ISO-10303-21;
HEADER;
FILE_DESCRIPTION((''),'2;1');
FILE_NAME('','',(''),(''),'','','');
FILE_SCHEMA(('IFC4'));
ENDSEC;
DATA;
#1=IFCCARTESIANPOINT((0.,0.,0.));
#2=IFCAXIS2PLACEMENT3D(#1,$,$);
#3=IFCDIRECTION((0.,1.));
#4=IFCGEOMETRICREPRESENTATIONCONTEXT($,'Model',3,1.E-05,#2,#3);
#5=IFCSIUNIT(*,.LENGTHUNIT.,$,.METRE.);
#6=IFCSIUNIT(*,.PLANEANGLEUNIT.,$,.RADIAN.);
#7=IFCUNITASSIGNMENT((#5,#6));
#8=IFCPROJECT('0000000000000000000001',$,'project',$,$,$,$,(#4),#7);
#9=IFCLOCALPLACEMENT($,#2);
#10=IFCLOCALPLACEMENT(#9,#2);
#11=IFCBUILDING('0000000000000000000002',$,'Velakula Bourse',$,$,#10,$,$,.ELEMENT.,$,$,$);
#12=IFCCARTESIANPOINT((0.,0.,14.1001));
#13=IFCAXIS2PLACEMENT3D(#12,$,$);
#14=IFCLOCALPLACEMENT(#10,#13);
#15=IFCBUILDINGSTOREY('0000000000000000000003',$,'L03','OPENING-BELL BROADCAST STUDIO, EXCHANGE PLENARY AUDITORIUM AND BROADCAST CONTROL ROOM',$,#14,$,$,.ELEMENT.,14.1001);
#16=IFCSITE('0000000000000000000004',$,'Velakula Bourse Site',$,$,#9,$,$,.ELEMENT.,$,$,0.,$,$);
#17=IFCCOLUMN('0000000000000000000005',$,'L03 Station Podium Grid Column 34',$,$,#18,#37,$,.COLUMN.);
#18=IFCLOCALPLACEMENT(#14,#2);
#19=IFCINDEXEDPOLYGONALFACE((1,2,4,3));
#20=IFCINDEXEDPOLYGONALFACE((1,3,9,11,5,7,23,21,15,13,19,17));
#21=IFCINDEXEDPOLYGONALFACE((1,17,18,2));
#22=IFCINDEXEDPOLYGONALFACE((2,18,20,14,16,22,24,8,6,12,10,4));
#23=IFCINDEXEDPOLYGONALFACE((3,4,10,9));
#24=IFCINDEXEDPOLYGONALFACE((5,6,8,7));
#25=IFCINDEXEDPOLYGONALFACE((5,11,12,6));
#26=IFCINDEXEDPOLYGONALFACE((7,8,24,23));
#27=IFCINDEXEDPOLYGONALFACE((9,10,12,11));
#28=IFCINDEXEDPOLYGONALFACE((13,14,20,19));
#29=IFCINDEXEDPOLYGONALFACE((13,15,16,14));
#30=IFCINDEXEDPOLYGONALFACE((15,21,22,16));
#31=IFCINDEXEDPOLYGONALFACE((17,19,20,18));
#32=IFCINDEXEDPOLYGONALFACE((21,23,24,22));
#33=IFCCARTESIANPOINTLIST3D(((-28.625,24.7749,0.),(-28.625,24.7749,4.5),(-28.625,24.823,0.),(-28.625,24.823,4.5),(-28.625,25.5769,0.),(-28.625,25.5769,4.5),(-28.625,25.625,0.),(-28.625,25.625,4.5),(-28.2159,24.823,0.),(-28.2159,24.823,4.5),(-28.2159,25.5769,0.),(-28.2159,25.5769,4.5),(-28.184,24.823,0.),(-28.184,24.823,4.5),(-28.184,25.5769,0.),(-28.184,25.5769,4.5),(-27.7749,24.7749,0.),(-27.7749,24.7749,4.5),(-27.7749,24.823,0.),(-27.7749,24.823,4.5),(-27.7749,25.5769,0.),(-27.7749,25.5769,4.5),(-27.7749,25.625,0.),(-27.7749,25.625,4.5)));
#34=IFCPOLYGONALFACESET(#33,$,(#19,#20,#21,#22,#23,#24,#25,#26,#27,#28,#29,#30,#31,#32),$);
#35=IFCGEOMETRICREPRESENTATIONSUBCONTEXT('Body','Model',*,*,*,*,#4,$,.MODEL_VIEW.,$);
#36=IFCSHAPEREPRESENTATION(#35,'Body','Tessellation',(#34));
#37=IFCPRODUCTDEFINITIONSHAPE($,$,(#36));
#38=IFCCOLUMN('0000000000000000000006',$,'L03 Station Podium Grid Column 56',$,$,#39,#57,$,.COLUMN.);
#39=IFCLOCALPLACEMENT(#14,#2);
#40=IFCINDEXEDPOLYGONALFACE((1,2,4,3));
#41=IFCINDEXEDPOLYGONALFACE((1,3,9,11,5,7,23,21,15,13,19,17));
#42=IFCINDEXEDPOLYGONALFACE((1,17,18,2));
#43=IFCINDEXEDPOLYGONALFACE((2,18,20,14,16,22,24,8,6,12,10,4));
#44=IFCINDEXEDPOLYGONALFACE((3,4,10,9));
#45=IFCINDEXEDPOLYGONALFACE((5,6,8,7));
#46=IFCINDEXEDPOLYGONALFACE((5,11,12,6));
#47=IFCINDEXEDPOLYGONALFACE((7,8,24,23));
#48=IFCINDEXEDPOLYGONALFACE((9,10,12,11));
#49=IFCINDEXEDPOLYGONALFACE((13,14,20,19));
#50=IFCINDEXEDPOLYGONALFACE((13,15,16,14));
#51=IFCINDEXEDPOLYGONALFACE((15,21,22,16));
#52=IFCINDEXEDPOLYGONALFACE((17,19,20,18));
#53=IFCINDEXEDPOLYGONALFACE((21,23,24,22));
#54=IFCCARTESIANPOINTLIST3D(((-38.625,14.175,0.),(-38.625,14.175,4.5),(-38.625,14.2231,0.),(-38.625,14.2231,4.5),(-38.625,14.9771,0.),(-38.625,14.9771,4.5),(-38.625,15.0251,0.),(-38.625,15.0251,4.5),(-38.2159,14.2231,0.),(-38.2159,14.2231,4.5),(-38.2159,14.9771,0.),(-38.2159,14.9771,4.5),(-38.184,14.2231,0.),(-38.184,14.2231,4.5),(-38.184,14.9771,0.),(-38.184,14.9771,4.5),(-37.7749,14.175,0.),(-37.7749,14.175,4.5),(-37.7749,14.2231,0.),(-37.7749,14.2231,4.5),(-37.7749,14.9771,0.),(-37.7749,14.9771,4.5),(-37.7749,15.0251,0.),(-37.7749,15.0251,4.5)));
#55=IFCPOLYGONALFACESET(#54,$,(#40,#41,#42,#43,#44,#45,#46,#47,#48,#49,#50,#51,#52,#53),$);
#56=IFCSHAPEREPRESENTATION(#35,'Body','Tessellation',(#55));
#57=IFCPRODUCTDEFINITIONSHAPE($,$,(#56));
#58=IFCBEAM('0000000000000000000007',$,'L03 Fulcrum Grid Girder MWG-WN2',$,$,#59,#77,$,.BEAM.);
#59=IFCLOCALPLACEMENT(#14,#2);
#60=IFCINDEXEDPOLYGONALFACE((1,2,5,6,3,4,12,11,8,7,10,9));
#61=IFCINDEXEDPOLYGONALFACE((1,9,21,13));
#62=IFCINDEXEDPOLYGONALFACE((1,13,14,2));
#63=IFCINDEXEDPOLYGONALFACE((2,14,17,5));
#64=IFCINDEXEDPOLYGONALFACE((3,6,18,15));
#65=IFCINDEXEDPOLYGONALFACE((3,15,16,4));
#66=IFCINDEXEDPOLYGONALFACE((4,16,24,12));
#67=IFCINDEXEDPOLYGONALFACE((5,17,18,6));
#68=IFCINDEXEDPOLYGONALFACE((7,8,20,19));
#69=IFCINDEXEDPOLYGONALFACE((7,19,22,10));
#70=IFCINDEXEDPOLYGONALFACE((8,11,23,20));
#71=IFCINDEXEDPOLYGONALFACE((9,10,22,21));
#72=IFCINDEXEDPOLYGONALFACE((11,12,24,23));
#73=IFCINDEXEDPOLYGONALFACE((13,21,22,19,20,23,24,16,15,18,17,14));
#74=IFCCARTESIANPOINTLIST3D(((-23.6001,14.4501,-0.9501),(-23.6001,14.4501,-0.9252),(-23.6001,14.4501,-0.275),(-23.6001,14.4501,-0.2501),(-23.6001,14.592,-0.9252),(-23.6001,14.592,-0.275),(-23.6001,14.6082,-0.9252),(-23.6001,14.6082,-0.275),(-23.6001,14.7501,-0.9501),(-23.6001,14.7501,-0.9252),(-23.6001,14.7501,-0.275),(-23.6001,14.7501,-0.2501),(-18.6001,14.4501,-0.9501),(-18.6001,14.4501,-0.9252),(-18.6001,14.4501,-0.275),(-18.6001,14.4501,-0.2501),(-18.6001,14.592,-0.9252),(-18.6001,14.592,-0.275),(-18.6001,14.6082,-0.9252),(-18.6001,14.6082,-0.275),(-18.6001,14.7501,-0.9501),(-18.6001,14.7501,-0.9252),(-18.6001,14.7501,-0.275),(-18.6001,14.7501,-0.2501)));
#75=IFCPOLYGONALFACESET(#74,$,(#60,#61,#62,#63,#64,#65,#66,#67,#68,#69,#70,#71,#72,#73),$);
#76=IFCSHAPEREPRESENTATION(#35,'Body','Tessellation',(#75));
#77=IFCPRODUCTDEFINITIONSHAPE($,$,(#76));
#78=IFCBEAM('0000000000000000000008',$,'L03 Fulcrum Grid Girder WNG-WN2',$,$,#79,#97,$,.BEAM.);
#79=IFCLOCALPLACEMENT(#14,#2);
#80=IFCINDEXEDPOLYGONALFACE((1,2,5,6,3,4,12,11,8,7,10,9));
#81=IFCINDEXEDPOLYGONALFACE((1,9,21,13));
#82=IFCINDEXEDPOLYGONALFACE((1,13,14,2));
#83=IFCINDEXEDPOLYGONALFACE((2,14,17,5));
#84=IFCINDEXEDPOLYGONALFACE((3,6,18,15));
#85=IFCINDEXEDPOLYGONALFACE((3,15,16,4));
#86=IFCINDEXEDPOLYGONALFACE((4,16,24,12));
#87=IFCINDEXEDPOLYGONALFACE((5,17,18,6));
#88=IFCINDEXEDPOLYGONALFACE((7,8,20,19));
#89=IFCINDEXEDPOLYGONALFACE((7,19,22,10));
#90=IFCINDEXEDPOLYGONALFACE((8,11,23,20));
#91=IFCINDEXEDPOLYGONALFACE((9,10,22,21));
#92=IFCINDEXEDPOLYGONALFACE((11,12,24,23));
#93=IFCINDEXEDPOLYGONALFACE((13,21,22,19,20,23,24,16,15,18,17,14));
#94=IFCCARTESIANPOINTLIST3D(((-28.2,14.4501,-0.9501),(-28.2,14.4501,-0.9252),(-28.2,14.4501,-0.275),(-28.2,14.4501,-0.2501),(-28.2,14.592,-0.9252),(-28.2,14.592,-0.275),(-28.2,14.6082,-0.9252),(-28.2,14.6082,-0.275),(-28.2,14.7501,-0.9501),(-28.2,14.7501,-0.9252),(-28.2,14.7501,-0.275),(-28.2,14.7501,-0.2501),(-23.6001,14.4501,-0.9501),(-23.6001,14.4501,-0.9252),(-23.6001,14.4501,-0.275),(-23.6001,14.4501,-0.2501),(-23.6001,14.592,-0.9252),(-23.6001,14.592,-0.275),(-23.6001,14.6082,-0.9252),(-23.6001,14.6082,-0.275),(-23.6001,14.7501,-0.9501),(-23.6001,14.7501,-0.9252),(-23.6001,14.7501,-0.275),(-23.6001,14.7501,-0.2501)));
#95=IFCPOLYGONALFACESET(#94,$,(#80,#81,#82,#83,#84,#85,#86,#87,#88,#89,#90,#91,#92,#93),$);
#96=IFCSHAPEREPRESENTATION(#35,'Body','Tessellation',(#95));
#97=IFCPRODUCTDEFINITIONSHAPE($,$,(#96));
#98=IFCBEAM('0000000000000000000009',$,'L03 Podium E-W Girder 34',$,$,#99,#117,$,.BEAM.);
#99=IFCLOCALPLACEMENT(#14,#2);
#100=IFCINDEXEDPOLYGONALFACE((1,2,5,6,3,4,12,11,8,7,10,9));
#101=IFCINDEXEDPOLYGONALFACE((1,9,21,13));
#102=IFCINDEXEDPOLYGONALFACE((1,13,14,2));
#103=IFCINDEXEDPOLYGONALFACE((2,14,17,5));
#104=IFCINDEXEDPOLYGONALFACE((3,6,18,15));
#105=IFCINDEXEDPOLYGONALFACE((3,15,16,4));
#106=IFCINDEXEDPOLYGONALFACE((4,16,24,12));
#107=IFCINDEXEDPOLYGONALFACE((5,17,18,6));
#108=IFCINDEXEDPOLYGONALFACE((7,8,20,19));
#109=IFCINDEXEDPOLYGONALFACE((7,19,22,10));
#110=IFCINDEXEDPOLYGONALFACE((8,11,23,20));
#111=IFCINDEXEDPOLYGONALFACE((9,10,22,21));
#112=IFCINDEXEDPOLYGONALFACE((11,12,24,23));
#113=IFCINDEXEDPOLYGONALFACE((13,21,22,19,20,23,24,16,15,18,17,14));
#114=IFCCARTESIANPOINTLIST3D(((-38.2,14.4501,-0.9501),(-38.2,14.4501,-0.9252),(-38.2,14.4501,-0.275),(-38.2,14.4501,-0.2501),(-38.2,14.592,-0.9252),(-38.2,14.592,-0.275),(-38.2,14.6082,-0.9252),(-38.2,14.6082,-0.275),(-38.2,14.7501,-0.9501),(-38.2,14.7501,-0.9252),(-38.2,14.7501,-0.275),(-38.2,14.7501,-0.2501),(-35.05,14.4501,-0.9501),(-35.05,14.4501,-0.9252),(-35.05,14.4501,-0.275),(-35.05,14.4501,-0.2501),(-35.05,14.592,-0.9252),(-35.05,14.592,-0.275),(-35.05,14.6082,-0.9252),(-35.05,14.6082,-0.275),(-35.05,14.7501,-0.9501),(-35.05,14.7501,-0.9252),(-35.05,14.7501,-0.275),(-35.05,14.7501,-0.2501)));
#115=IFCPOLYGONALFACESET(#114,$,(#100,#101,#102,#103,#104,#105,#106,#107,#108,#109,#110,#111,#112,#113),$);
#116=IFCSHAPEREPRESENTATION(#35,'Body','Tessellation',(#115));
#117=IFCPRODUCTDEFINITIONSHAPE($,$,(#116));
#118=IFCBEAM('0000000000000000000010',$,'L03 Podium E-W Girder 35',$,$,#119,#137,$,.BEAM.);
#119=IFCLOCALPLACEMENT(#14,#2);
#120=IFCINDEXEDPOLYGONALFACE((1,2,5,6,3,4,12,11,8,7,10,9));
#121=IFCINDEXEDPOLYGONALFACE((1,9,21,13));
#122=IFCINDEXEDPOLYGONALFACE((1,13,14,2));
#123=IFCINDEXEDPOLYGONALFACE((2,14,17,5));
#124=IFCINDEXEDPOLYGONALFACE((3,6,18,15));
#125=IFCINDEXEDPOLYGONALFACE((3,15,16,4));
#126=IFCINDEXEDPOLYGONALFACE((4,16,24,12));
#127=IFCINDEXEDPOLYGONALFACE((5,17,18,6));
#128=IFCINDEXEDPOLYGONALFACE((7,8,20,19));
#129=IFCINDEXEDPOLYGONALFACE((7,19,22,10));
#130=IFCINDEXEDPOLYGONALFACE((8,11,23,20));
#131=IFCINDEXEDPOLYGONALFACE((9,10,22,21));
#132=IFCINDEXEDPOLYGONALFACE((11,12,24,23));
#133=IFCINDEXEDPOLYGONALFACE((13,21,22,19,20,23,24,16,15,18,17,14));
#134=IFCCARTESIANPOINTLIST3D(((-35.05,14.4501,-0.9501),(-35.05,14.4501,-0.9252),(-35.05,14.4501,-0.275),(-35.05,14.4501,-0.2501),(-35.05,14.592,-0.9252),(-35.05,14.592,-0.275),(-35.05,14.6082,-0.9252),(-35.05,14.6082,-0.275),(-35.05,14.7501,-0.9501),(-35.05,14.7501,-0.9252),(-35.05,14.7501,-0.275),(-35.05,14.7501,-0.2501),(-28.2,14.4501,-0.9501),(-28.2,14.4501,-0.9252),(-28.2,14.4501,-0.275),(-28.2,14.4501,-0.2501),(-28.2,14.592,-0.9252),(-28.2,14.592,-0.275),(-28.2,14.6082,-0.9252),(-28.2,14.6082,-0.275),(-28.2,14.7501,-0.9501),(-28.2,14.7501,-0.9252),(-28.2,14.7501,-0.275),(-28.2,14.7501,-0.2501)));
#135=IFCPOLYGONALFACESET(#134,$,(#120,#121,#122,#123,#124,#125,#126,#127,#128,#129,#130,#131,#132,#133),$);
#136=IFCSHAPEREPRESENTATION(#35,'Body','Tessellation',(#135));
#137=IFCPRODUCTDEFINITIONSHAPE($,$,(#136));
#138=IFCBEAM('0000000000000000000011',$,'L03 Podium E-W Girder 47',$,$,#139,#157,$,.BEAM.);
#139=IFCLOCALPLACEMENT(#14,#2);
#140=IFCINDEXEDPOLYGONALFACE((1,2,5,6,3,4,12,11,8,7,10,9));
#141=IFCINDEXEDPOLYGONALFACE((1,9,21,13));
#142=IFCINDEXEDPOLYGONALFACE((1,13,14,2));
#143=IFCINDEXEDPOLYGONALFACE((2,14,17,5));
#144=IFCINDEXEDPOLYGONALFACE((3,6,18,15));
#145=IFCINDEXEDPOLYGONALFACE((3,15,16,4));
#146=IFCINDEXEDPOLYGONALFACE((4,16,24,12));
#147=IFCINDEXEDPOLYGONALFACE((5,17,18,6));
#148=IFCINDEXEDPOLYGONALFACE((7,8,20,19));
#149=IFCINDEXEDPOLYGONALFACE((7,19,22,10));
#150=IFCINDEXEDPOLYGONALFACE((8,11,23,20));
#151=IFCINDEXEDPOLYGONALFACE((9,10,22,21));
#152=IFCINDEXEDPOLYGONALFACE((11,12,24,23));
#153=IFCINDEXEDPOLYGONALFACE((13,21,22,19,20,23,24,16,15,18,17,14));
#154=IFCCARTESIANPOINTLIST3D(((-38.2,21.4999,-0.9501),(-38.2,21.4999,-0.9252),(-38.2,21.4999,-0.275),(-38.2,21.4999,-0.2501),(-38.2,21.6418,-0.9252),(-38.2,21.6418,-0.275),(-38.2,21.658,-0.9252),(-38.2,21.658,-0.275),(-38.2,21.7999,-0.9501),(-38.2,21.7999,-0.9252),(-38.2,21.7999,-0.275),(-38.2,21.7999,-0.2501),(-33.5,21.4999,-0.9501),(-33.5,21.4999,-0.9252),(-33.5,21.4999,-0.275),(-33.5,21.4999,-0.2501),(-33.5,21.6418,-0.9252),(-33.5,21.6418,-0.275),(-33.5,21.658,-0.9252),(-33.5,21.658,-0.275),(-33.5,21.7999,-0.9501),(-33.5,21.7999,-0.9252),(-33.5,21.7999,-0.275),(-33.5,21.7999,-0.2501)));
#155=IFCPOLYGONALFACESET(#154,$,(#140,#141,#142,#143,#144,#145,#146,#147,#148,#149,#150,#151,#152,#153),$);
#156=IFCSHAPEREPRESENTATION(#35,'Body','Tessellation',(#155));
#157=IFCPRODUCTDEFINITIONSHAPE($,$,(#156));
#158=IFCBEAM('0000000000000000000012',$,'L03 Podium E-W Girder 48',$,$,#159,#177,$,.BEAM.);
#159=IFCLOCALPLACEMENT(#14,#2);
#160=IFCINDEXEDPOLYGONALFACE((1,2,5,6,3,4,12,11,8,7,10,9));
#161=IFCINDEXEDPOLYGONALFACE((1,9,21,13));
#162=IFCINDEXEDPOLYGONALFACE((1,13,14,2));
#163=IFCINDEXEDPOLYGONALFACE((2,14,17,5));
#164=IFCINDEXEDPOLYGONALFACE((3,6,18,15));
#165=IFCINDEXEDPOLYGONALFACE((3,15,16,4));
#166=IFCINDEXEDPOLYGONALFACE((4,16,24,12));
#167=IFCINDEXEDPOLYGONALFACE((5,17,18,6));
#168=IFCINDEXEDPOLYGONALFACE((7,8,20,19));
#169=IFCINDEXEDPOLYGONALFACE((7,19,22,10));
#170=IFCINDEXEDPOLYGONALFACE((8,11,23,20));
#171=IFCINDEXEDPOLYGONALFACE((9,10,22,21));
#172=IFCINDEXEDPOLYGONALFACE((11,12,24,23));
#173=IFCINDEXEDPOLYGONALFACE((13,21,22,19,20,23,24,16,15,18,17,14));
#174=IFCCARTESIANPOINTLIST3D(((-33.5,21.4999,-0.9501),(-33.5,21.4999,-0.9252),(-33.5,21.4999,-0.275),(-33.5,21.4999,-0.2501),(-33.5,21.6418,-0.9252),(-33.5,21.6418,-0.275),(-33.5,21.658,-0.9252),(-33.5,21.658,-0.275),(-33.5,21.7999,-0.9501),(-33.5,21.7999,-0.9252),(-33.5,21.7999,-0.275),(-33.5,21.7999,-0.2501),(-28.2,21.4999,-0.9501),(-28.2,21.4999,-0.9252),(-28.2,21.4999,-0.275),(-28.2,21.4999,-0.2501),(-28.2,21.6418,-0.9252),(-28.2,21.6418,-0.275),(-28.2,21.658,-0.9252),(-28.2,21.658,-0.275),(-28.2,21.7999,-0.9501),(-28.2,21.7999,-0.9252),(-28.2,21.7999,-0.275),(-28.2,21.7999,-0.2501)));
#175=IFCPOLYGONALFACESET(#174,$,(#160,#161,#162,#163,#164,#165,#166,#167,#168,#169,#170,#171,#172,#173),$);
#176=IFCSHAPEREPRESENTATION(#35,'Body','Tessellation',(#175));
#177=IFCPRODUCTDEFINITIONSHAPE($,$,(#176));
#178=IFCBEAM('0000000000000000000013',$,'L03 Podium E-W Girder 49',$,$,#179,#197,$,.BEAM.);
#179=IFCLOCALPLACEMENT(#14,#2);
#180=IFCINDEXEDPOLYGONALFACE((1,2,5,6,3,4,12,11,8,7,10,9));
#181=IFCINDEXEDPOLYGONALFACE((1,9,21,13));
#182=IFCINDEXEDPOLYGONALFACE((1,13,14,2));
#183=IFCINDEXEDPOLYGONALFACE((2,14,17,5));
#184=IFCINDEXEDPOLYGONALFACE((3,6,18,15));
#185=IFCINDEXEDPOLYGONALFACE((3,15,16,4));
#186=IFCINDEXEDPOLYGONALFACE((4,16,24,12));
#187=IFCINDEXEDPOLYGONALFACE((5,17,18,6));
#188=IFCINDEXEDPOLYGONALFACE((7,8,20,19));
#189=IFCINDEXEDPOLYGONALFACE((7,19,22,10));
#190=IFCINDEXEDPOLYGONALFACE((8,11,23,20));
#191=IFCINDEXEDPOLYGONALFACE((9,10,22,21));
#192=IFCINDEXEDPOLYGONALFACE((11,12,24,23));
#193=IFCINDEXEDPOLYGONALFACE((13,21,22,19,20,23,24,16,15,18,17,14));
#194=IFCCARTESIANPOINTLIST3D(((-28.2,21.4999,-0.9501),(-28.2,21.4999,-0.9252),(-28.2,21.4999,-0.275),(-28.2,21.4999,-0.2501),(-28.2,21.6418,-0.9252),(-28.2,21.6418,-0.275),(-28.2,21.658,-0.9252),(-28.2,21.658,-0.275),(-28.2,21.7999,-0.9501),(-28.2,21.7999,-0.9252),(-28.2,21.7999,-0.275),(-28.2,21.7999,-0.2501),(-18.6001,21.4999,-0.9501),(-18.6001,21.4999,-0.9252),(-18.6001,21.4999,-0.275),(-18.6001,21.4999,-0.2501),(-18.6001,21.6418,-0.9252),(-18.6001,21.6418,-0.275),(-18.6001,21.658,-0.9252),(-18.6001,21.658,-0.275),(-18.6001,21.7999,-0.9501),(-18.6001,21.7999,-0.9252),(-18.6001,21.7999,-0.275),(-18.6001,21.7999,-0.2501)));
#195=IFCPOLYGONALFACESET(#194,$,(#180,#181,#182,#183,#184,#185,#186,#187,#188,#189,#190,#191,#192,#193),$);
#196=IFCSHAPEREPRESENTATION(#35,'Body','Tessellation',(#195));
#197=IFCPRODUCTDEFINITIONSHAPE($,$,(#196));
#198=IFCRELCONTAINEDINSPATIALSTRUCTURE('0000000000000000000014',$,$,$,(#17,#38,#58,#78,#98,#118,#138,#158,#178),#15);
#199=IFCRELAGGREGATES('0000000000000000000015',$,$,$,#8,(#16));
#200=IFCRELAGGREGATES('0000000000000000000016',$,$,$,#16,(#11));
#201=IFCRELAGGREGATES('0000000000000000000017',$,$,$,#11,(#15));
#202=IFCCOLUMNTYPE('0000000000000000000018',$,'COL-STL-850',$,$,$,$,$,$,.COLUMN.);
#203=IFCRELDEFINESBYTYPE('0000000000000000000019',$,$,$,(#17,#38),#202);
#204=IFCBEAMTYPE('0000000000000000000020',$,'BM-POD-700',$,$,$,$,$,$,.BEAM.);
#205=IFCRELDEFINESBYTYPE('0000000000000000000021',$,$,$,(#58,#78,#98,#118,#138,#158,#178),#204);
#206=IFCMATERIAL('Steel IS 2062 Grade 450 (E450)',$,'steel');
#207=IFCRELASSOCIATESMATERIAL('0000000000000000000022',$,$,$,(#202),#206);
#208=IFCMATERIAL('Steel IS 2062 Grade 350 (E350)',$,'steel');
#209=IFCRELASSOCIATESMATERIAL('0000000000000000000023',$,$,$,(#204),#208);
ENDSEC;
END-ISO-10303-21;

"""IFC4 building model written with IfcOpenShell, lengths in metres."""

from ifc_helpers import new_model, si_unit, direction, frame, origin, origin_2d, place, context, subcontext, project, spatial, i_section, extrude, material, material_profile, profile_set, type_object, element, save


model = new_model("IFC4")

# Units and contexts
model_context = context("Model", 3, precision=1e-05, world=origin(), true_north=direction((0.0, 1.0)))
body_context = subcontext(model_context, "Body", "Model", "MODEL_VIEW")
ifc_project = project(units=[si_unit("LENGTHUNIT", "METRE"), si_unit("PLANEANGLEUNIT", "RADIAN")], contexts=[model_context])

# Site, building, storey
site_placement = place(None, origin())
site = spatial("IfcSite", under=ifc_project, at=site_placement, Name="Velakula Bourse Site", CompositionType="ELEMENT", RefElevation=0.0)
building_placement = place(site_placement, origin())
building = spatial("IfcBuilding", under=site, at=building_placement, Name="Velakula Bourse", CompositionType="ELEMENT")
storey_placement = place(building_placement, frame((0.0, 0.0, 14.1001)))
storey = spatial("IfcBuildingStorey", under=building, at=storey_placement, Name="L03", Description="OPENING-BELL BROADCAST STUDIO, EXCHANGE PLENARY AUDITORIUM AND BROADCAST CONTROL ROOM", CompositionType="ELEMENT", Elevation=14.1001)

# Columns
ifc_material_1 = material(Name="Steel IS 2062 Grade 450 (E450)", Category="steel")
ifc_material_profile_1 = material_profile(ifc_material_1, i_section(OverallWidth=0.8501, OverallDepth=0.8501, WebThickness=0.032, FlangeThickness=0.0481, at=origin_2d()), Name="Steel IS 2062 Grade 450 (E450)")
ifc_profile_set_1 = profile_set([ifc_material_profile_1], Name="Steel IS 2062 Grade 450 (E450)")
column_type = type_object("IfcColumnType", Name="COL-STL-850", PredefinedType="COLUMN", material=ifc_profile_set_1)
for number, where, z_axis, x_axis, name in (
    (1, (-28.2, 25.2, 0.0), (0.0, 0.0, 1.0), (1.0, 0.0, 0.0), "L03 Station Podium Grid Column 34"),
    (2, (-38.2, 14.6001, 0.0), (0.0, 0.0, 1.0), (1.0, 0.0, 0.0), "L03 Station Podium Grid Column 56"),
):
    element("IfcColumn", number, at=place(storey_placement, frame(where, z_axis=z_axis, x_axis=x_axis)), inside=storey, type_object=column_type, Name=name, PredefinedType="COLUMN", context=body_context, shape_type="SweptSolid", body=[
        extrude(i_section(OverallWidth=0.8501, OverallDepth=0.8501, WebThickness=0.032, FlangeThickness=0.0481, at=origin_2d()), origin(), (0.0, 0.0, 1.0), 4.5),
    ])

# Beams
ifc_material_2 = material(Name="Steel IS 2062 Grade 350 (E350)", Category="steel")
ifc_material_profile_2 = material_profile(ifc_material_2, i_section(OverallWidth=0.3, OverallDepth=0.7, WebThickness=0.0161, FlangeThickness=0.0249, at=origin_2d()), Name="Steel IS 2062 Grade 350 (E350)")
ifc_profile_set_2 = profile_set([ifc_material_profile_2], Name="Steel IS 2062 Grade 350 (E350)")
beam_type_1 = type_object("IfcBeamType", Name="BM-POD-700", PredefinedType="BEAM", material=ifc_profile_set_2)
beam_1_placement = place(storey_placement, frame((-23.6001, 14.6001, -0.6001), z_axis=(1.0, 0.0, 0.0), x_axis=(0.0, 1.0, 0.0)))
element("IfcBeam", 3, at=beam_1_placement, inside=storey, type_object=beam_type_1, Name="L03 Fulcrum Grid Girder MWG-WN2", PredefinedType="BEAM", context=body_context, shape_type="SweptSolid", body=[
    extrude(i_section(OverallWidth=0.3, OverallDepth=0.7, WebThickness=0.0161, FlangeThickness=0.0249, at=origin_2d()), origin(), (0.0, 0.0, 1.0), 5.0),
])
beam_2_placement = place(storey_placement, frame((-28.2, 14.6001, -0.6001), z_axis=(1.0, 0.0, 0.0), x_axis=(0.0, 1.0, 0.0)))
element("IfcBeam", 4, at=beam_2_placement, inside=storey, type_object=beam_type_1, Name="L03 Fulcrum Grid Girder WNG-WN2", PredefinedType="BEAM", context=body_context, shape_type="SweptSolid", body=[
    extrude(i_section(OverallWidth=0.3, OverallDepth=0.7, WebThickness=0.0161, FlangeThickness=0.0249, at=origin_2d()), origin(), (0.0, 0.0, 1.0), 4.5999),
])
beam_3_placement = place(storey_placement, frame((-38.2, 14.6001, -0.6001), z_axis=(1.0, 0.0, 0.0), x_axis=(0.0, 1.0, 0.0)))
element("IfcBeam", 5, at=beam_3_placement, inside=storey, type_object=beam_type_1, Name="L03 Podium E-W Girder 34", PredefinedType="BEAM", context=body_context, shape_type="SweptSolid", body=[
    extrude(i_section(OverallWidth=0.3, OverallDepth=0.7, WebThickness=0.0161, FlangeThickness=0.0249, at=origin_2d()), origin(), (0.0, 0.0, 1.0), 3.1499),
])
beam_4_placement = place(storey_placement, frame((-35.05, 14.6001, -0.6001), z_axis=(1.0, 0.0, 0.0), x_axis=(0.0, 1.0, 0.0)))
element("IfcBeam", 6, at=beam_4_placement, inside=storey, type_object=beam_type_1, Name="L03 Podium E-W Girder 35", PredefinedType="BEAM", context=body_context, shape_type="SweptSolid", body=[
    extrude(i_section(OverallWidth=0.3, OverallDepth=0.7, WebThickness=0.0161, FlangeThickness=0.0249, at=origin_2d()), origin(), (0.0, 0.0, 1.0), 6.8501),
])
beam_5_placement = place(storey_placement, frame((-38.2, 21.6499, -0.6001), z_axis=(1.0, 0.0, 0.0), x_axis=(0.0, 1.0, 0.0)))
element("IfcBeam", 7, at=beam_5_placement, inside=storey, type_object=beam_type_1, Name="L03 Podium E-W Girder 47", PredefinedType="BEAM", context=body_context, shape_type="SweptSolid", body=[
    extrude(i_section(OverallWidth=0.3, OverallDepth=0.7, WebThickness=0.0161, FlangeThickness=0.0249, at=origin_2d()), origin(), (0.0, 0.0, 1.0), 4.7),
])
beam_6_placement = place(storey_placement, frame((-33.5, 21.6499, -0.6001), z_axis=(1.0, 0.0, 0.0), x_axis=(0.0, 1.0, 0.0)))
element("IfcBeam", 8, at=beam_6_placement, inside=storey, type_object=beam_type_1, Name="L03 Podium E-W Girder 48", PredefinedType="BEAM", context=body_context, shape_type="SweptSolid", body=[
    extrude(i_section(OverallWidth=0.3, OverallDepth=0.7, WebThickness=0.0161, FlangeThickness=0.0249, at=origin_2d()), origin(), (0.0, 0.0, 1.0), 5.3),
])
beam_7_placement = place(storey_placement, frame((-28.2, 21.6499, -0.6001), z_axis=(1.0, 0.0, 0.0), x_axis=(0.0, 1.0, 0.0)))
element("IfcBeam", 9, at=beam_7_placement, inside=storey, type_object=beam_type_1, Name="L03 Podium E-W Girder 49", PredefinedType="BEAM", context=body_context, shape_type="SweptSolid", body=[
    extrude(i_section(OverallWidth=0.3, OverallDepth=0.7, WebThickness=0.0161, FlangeThickness=0.0249, at=origin_2d()), origin(), (0.0, 0.0, 1.0), 9.5999),
])

save(model, "model.ifc")
